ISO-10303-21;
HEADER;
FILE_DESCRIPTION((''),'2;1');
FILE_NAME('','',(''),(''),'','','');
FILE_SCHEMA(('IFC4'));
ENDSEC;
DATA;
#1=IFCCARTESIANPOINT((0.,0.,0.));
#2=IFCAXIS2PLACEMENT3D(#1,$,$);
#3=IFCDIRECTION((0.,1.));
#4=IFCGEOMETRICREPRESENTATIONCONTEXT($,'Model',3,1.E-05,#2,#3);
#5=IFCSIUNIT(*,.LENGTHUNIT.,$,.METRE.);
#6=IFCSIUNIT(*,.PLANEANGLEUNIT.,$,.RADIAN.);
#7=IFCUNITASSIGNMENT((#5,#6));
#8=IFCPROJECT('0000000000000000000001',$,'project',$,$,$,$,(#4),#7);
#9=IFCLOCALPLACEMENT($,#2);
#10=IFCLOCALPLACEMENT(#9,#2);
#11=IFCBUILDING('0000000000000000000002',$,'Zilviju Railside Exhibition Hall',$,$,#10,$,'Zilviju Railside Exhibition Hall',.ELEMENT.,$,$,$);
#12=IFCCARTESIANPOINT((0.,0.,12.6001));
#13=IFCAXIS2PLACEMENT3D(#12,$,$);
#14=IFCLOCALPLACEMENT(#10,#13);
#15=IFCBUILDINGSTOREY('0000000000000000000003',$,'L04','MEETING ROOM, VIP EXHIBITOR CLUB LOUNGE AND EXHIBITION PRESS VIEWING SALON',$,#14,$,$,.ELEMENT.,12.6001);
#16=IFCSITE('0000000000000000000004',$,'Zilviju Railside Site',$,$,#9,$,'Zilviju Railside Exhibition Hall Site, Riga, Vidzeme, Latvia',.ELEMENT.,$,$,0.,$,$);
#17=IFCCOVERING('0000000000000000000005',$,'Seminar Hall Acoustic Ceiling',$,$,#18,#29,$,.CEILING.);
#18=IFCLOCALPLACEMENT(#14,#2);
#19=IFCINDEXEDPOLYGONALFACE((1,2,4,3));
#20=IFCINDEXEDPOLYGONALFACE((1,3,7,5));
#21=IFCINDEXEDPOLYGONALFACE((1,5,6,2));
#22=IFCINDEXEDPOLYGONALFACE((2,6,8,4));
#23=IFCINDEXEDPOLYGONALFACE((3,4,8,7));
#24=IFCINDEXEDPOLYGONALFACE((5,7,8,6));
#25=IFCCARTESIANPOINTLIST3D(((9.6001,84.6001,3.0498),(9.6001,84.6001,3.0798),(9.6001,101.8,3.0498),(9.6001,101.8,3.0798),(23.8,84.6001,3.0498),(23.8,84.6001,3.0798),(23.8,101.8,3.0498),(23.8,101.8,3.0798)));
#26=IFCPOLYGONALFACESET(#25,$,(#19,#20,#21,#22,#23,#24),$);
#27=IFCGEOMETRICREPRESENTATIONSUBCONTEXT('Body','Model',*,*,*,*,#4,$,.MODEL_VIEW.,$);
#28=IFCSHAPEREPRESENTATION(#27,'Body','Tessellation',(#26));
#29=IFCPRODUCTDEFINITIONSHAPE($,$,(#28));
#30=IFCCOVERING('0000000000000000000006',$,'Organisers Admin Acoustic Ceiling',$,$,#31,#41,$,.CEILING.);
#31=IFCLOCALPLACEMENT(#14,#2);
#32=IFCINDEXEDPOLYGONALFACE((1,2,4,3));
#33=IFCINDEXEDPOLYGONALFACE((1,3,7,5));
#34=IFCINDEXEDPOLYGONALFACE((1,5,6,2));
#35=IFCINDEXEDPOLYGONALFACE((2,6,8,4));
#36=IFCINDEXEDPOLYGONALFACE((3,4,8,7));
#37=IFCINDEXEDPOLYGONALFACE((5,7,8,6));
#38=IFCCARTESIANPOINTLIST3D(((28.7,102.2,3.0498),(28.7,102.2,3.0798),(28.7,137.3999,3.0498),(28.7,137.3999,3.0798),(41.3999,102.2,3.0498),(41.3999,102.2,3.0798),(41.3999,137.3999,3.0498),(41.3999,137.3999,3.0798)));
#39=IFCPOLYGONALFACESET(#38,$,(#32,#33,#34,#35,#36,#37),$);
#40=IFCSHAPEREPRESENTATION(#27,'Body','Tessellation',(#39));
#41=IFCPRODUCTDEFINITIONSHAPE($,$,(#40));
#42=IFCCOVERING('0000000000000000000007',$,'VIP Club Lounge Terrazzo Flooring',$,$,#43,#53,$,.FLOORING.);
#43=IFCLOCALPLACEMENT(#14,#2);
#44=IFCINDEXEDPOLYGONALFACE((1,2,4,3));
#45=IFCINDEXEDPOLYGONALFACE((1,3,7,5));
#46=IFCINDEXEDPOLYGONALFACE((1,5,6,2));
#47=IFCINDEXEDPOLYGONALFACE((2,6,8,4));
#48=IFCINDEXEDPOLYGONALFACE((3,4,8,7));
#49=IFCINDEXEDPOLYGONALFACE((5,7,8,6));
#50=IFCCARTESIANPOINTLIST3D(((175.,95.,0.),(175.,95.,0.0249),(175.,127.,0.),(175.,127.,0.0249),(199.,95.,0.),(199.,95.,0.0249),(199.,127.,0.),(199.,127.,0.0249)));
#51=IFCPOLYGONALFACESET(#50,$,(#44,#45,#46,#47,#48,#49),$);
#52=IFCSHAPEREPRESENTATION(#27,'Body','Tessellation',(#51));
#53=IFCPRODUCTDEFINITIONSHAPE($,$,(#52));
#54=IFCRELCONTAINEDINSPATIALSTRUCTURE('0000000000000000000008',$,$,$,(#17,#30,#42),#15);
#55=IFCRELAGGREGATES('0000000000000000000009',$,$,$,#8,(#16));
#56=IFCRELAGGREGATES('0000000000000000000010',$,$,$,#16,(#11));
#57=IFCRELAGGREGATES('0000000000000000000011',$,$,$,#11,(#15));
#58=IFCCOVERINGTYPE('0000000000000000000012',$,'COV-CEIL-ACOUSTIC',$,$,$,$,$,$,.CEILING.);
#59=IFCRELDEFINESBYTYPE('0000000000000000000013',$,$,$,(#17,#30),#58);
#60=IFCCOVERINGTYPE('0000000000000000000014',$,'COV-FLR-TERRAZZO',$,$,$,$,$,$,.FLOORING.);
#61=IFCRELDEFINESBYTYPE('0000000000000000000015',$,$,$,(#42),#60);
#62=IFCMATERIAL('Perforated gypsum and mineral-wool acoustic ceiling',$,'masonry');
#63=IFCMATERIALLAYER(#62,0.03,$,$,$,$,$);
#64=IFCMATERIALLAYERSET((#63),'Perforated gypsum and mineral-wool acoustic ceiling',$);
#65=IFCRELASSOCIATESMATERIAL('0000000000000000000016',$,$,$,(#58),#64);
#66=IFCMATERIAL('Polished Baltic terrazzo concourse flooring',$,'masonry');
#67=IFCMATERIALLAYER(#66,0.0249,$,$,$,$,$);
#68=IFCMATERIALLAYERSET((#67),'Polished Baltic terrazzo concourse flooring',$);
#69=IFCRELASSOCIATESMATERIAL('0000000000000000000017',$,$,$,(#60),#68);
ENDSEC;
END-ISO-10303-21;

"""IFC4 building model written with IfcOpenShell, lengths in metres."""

from ifc_helpers import new_model, si_unit, direction, frame, origin, place, context, subcontext, project, spatial, polyline, outline, extrude, material, layer, layer_set, type_object, element, save


model = new_model("IFC4")

# Units and contexts
model_context = context("Model", 3, precision=1e-05, world=origin(), true_north=direction((0.0, 1.0)))
body_context = subcontext(model_context, "Body", "Model", "MODEL_VIEW")
ifc_project = project(units=[si_unit("LENGTHUNIT", "METRE"), si_unit("PLANEANGLEUNIT", "RADIAN")], contexts=[model_context])

# Site, building, storey
site_placement = place(None, origin())
site = spatial("IfcSite", under=ifc_project, at=site_placement, Name="Zilviju Railside Site", LongName="Zilviju Railside Exhibition Hall Site, Riga, Vidzeme, Latvia", CompositionType="ELEMENT", RefElevation=0.0)
building_placement = place(site_placement, origin())
building = spatial("IfcBuilding", under=site, at=building_placement, Name="Zilviju Railside Exhibition Hall", LongName="Zilviju Railside Exhibition Hall", CompositionType="ELEMENT")
storey_placement = place(building_placement, frame((0.0, 0.0, 12.6001)))
storey = spatial("IfcBuildingStorey", under=building, at=storey_placement, Name="L04", Description="MEETING ROOM, VIP EXHIBITOR CLUB LOUNGE AND EXHIBITION PRESS VIEWING SALON", CompositionType="ELEMENT", Elevation=12.6001)

# Coverings
ifc_material_1 = material(Name="Perforated gypsum and mineral-wool acoustic ceiling", Category="masonry")
ifc_layer_1 = layer(ifc_material_1, 0.03)
ifc_layer_set_1 = layer_set([ifc_layer_1], Name="Perforated gypsum and mineral-wool acoustic ceiling")
covering_type_1 = type_object("IfcCoveringType", Name="COV-CEIL-ACOUSTIC", PredefinedType="CEILING", material=ifc_layer_set_1)
covering_1_placement = place(storey_placement, frame((0.0, 0.0, 3.0498)))
element("IfcCovering", 1, at=covering_1_placement, inside=storey, type_object=covering_type_1, Name="Seminar Hall Acoustic Ceiling", PredefinedType="CEILING", context=body_context, shape_type="SweptSolid", body=[
    extrude(outline(polyline([(9.6001, 84.6001), (23.8, 84.6001), (23.8, 101.8), (9.6001, 101.8), (9.6001, 84.6001)])), origin(), (0.0, 0.0, 1.0), 0.03),
])
covering_2_placement = place(storey_placement, frame((0.0, 0.0, 3.0498)))
element("IfcCovering", 2, at=covering_2_placement, inside=storey, type_object=covering_type_1, Name="Organisers Admin Acoustic Ceiling", PredefinedType="CEILING", context=body_context, shape_type="SweptSolid", body=[
    extrude(outline(polyline([(28.7, 102.2), (41.3999, 102.2), (41.3999, 137.3999), (28.7, 137.3999), (28.7, 102.2)])), origin(), (0.0, 0.0, 1.0), 0.03),
])
ifc_material_2 = material(Name="Polished Baltic terrazzo concourse flooring", Category="masonry")
ifc_layer_2 = layer(ifc_material_2, 0.0249)
ifc_layer_set_2 = layer_set([ifc_layer_2], Name="Polished Baltic terrazzo concourse flooring")
covering_type_2 = type_object("IfcCoveringType", Name="COV-FLR-TERRAZZO", PredefinedType="FLOORING", material=ifc_layer_set_2)
covering_3_placement = place(storey_placement, origin())
element("IfcCovering", 3, at=covering_3_placement, inside=storey, type_object=covering_type_2, Name="VIP Club Lounge Terrazzo Flooring", PredefinedType="FLOORING", context=body_context, shape_type="SweptSolid", body=[
    extrude(outline(polyline([(175.0, 95.0), (199.0, 95.0), (199.0, 127.0), (175.0, 127.0), (175.0, 95.0)])), origin(), (0.0, 0.0, 1.0), 0.0249),
])

save(model, "model.ifc")
